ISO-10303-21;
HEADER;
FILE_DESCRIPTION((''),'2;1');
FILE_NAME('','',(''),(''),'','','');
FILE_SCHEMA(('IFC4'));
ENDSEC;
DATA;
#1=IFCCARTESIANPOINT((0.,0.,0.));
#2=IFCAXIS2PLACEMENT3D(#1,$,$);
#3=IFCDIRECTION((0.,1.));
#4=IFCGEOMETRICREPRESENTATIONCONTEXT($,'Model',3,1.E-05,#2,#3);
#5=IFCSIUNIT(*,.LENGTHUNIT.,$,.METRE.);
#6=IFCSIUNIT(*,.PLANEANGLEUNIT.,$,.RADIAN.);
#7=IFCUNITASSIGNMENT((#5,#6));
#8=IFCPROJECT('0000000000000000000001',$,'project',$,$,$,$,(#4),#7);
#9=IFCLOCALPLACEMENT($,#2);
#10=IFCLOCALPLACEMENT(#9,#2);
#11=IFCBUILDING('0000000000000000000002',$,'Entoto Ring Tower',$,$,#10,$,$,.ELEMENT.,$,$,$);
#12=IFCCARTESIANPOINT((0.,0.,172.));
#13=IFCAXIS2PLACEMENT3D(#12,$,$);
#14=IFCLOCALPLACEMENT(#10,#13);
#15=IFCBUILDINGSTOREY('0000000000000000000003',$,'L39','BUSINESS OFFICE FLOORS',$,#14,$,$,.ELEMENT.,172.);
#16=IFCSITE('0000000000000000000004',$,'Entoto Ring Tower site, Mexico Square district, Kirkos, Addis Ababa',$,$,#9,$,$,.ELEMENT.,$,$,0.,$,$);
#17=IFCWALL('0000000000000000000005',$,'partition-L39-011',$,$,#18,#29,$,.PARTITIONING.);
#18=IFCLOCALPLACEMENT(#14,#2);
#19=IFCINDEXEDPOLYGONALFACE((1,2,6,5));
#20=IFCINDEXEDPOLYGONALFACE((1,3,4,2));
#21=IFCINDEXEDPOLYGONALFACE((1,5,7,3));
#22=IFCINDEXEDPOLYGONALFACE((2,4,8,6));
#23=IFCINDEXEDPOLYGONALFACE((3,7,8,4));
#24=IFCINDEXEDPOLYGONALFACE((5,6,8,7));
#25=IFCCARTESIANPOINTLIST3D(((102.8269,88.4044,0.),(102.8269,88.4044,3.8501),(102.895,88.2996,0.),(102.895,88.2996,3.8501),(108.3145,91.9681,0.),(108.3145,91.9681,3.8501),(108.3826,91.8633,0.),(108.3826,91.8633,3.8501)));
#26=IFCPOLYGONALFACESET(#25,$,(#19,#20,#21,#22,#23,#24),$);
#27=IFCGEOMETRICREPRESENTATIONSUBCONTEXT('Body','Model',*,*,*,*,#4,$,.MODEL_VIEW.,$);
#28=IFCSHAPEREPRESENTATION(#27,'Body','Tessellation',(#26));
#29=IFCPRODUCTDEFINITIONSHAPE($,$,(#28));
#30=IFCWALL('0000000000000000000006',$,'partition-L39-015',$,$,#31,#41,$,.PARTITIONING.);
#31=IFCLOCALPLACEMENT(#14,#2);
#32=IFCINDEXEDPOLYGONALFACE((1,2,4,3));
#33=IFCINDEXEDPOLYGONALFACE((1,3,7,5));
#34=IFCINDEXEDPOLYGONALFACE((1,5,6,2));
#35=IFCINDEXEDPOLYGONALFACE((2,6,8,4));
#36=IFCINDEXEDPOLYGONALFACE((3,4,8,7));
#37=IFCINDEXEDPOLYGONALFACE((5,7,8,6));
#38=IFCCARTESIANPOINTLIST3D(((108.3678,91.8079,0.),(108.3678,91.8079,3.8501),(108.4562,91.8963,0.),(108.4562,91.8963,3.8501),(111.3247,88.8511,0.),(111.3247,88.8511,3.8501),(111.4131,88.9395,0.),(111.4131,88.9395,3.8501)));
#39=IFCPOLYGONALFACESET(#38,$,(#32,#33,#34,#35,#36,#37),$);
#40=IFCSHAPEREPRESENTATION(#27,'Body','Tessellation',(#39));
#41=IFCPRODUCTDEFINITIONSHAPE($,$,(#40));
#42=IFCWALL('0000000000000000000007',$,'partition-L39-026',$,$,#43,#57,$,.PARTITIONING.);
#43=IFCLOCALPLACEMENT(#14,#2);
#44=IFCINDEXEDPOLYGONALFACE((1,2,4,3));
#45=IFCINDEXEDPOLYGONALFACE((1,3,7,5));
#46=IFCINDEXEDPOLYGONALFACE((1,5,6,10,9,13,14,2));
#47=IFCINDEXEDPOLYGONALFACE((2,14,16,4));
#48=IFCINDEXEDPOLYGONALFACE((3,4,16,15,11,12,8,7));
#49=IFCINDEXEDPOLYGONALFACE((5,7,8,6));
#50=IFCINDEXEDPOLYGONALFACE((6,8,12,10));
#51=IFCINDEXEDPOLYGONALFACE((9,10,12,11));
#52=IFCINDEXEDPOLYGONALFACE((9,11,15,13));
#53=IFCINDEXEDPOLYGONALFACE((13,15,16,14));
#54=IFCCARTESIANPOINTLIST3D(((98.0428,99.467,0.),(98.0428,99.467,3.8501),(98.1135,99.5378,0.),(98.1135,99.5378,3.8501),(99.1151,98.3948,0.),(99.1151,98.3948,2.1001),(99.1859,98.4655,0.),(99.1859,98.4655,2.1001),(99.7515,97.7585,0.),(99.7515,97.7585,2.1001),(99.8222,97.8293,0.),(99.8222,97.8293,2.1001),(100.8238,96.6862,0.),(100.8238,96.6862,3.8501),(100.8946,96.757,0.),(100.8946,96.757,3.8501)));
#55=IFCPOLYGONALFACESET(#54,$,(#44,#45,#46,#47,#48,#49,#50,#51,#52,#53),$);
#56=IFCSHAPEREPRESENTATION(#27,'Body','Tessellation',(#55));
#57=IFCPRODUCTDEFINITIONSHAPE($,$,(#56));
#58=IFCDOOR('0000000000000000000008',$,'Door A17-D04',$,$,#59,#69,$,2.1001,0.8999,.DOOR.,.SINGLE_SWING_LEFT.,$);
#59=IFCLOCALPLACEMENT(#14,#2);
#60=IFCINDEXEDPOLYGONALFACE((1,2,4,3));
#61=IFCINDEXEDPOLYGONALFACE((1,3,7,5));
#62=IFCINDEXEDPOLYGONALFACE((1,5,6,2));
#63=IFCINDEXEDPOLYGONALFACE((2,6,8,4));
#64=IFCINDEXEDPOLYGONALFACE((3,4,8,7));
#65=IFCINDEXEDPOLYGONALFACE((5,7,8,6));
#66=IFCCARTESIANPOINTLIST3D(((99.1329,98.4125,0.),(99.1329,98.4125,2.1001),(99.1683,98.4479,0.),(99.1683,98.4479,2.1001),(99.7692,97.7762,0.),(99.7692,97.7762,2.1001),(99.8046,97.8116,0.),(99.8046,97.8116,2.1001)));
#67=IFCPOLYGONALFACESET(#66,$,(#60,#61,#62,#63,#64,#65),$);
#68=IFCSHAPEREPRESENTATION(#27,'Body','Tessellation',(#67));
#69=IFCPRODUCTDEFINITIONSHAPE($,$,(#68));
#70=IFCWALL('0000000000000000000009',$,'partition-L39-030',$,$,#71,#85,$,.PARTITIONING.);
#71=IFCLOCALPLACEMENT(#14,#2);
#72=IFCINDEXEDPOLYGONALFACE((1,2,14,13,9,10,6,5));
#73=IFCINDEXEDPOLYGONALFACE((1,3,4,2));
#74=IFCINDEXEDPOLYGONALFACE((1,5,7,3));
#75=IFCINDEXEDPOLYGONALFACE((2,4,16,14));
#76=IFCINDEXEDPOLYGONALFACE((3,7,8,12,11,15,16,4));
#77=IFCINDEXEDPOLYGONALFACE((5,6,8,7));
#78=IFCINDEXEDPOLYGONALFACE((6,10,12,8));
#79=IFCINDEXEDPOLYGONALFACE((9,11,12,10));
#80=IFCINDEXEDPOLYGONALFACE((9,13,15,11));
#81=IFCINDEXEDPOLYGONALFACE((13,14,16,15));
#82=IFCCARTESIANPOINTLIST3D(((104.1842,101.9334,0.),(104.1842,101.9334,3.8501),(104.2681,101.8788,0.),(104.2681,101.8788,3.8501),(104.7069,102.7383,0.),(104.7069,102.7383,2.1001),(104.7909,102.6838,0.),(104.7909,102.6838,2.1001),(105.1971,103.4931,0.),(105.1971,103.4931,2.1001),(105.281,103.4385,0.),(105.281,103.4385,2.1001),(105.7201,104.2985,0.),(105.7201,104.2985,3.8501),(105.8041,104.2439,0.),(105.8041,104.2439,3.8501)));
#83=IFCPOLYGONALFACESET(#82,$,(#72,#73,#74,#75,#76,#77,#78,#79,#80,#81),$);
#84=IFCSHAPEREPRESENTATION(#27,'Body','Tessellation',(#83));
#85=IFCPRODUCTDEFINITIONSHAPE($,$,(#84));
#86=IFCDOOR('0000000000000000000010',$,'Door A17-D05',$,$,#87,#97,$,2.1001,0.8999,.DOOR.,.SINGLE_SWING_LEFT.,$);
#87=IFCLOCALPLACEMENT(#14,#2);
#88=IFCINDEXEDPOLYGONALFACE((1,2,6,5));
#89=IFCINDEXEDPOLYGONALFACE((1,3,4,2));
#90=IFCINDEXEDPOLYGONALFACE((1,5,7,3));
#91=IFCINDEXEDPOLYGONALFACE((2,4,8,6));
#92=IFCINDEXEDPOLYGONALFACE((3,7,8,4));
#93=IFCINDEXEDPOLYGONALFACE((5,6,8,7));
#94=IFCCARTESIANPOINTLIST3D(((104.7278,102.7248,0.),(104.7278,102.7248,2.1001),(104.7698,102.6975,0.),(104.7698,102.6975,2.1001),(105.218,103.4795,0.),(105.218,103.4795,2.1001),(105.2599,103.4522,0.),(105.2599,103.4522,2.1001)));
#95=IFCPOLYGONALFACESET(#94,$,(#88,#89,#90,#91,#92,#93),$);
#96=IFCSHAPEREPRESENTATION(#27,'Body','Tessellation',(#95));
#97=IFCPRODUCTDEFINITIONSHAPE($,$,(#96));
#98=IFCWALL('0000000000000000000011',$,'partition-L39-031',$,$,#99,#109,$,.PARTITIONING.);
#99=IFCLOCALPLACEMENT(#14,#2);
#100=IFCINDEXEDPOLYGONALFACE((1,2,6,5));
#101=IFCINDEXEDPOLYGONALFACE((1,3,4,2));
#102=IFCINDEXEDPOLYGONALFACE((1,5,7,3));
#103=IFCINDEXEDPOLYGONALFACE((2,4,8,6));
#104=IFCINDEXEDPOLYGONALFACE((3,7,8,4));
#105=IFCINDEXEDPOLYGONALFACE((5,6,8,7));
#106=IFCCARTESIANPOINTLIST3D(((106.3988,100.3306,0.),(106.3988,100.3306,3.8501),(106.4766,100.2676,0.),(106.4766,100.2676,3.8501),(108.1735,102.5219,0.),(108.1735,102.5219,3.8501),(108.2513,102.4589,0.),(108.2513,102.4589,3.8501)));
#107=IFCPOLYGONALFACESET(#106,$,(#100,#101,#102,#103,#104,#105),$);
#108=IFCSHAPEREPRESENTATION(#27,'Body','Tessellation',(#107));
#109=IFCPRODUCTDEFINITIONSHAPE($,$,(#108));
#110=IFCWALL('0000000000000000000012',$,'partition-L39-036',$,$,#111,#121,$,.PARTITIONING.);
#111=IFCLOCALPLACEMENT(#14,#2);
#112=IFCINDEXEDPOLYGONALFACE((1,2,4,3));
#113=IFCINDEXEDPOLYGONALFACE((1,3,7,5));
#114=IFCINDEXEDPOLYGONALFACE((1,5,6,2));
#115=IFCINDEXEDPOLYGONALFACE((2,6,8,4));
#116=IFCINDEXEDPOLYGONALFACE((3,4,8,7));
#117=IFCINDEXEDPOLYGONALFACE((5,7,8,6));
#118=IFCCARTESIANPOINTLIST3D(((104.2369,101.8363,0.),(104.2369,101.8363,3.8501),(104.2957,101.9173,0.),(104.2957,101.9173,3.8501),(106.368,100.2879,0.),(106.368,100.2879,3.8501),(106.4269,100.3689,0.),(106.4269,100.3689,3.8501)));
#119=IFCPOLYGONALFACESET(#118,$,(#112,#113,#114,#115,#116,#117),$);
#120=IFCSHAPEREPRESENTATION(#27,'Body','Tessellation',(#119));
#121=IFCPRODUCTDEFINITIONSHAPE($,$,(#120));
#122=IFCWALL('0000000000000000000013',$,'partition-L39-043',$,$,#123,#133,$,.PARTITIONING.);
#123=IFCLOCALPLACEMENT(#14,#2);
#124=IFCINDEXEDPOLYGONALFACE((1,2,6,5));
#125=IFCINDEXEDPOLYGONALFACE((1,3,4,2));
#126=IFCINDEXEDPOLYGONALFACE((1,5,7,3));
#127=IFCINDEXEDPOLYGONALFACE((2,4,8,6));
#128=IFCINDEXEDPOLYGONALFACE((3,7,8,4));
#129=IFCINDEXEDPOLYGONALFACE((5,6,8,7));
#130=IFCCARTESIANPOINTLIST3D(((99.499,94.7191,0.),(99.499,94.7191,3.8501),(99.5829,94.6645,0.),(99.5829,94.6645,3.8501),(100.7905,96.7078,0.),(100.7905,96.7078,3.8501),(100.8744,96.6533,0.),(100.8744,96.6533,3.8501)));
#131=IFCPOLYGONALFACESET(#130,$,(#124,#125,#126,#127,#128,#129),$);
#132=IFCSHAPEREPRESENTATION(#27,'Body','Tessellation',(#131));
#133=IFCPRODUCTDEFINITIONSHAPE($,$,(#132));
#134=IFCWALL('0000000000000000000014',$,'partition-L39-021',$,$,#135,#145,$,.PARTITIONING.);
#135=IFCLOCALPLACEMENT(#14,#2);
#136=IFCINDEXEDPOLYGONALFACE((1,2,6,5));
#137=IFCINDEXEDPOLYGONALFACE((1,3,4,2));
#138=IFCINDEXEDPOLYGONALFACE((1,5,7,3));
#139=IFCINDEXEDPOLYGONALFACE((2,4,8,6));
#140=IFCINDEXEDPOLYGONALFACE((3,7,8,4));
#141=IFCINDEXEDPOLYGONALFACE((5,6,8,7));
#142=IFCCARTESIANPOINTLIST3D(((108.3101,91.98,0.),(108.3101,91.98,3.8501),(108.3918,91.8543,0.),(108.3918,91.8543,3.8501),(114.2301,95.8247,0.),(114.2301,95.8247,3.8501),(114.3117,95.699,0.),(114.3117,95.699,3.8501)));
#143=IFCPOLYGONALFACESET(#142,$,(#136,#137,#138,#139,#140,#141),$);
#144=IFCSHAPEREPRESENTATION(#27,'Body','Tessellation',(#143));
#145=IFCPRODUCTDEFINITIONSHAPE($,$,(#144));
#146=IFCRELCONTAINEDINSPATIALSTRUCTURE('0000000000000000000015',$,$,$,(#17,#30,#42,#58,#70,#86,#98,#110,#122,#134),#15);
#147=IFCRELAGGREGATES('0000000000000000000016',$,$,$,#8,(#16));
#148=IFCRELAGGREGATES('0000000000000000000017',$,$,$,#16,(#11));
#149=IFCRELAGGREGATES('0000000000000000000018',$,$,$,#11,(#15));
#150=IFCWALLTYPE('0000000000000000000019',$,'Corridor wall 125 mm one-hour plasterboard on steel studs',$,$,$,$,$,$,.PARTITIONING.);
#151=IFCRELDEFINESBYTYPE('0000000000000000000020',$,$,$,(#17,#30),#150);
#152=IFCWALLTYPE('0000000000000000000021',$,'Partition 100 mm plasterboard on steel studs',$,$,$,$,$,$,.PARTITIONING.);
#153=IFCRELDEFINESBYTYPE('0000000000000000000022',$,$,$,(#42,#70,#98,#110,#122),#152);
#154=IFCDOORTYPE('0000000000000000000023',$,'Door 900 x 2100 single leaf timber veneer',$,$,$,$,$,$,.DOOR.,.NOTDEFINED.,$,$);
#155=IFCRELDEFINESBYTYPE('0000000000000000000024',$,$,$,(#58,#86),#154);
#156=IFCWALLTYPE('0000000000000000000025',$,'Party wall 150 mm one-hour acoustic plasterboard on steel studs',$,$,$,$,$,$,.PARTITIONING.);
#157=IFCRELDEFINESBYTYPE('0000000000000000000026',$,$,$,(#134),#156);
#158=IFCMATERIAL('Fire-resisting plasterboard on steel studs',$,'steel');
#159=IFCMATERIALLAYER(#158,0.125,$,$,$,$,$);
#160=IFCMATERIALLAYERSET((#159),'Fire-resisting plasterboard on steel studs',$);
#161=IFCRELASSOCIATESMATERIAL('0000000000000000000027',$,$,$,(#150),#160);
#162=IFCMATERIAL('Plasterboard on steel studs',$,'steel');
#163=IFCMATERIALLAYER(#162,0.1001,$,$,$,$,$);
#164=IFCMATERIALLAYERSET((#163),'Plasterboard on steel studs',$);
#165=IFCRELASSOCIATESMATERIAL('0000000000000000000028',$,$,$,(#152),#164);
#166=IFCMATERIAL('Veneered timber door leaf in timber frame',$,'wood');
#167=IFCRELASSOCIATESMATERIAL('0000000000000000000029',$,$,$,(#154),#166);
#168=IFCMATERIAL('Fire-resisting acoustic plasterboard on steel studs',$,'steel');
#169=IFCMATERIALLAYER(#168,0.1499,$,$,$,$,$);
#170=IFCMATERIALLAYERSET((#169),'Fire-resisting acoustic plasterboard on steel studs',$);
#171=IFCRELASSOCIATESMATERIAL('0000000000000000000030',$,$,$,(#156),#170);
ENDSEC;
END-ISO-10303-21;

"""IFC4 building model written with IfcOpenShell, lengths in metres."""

from ifc_helpers import new_model, si_unit, direction, frame, frame_2d, origin, place, context, subcontext, project, spatial, rectangle, extrude, material, layer, layer_set, type_object, element, fill, save


model = new_model("IFC4")

# Units and contexts
model_context = context("Model", 3, precision=1e-05, world=origin(), true_north=direction((0.0, 1.0)))
body_context = subcontext(model_context, "Body", "Model", "MODEL_VIEW")
ifc_project = project(units=[si_unit("LENGTHUNIT", "METRE"), si_unit("PLANEANGLEUNIT", "RADIAN")], contexts=[model_context])

# Site, building, storey
site_placement = place(None, origin())
site = spatial("IfcSite", under=ifc_project, at=site_placement, Name="Entoto Ring Tower site, Mexico Square district, Kirkos, Addis Ababa", CompositionType="ELEMENT", RefElevation=0.0)
building_placement = place(site_placement, origin())
building = spatial("IfcBuilding", under=site, at=building_placement, Name="Entoto Ring Tower", CompositionType="ELEMENT")
storey_placement = place(building_placement, frame((0.0, 0.0, 172.0)))
storey = spatial("IfcBuildingStorey", under=building, at=storey_placement, Name="L39", Description="BUSINESS OFFICE FLOORS", CompositionType="ELEMENT", Elevation=172.0)

# Shared definitions
ifc_material_1 = material(Name="Fire-resisting plasterboard on steel studs", Category="steel")
ifc_layer_1 = layer(ifc_material_1, 0.125)
ifc_layer_set_1 = layer_set([ifc_layer_1], Name="Fire-resisting plasterboard on steel studs")
wall_type_1 = type_object("IfcWallType", Name="Corridor wall 125 mm one-hour plasterboard on steel studs", PredefinedType="PARTITIONING", material=ifc_layer_set_1)

# Walls
wall_1_placement = place(storey_placement, frame((102.8611, 88.3521, 0.0), z_axis=(0.0, 0.0, 1.0), x_axis=(0.838666, 0.544646, 0.0)))
element("IfcWall", 1, at=wall_1_placement, inside=storey, type_object=wall_type_1, Name="partition-L39-011", PredefinedType="PARTITIONING", context=body_context, shape_type="SweptSolid", body=[
    extrude(rectangle(XDim=6.5432, YDim=0.125, at=frame_2d((3.2715, 0.0))), origin(), (0.0, 0.0, 1.0), 3.8501),
])
wall_2_placement = place(storey_placement, frame((111.3689, 88.8953, 0.0), z_axis=(0.0, 0.0, 1.0), x_axis=(-0.707107, 0.707107, 0.0)))
element("IfcWall", 2, at=wall_2_placement, inside=storey, type_object=wall_type_1, Name="partition-L39-015", PredefinedType="PARTITIONING", context=body_context, shape_type="SweptSolid", body=[
    extrude(rectangle(XDim=4.1816, YDim=0.125, at=frame_2d((2.0908, 0.0))), origin(), (0.0, 0.0, 1.0), 3.8501),
])

# Walls, openings, doors
ifc_material_2 = material(Name="Plasterboard on steel studs", Category="steel")
ifc_layer_2 = layer(ifc_material_2, 0.1001)
ifc_layer_set_2 = layer_set([ifc_layer_2], Name="Plasterboard on steel studs")
wall_type_2 = type_object("IfcWallType", Name="Partition 100 mm plasterboard on steel studs", PredefinedType="PARTITIONING", material=ifc_layer_set_2)
wall_3_placement = place(storey_placement, frame((100.8591, 96.7217, 0.0), z_axis=(0.0, 0.0, 1.0), x_axis=(-0.707138, 0.707076, 0.0)))
wall_3 = element("IfcWall", 3, at=wall_3_placement, inside=storey, type_object=wall_type_2, Name="partition-L39-026", PredefinedType="PARTITIONING", context=body_context, shape_type="SweptSolid", body=[
    extrude(rectangle(XDim=3.9329, YDim=0.1001, at=frame_2d((1.9663, 0.0))), origin(), (0.0, 0.0, 1.0), 3.8501),
])
opening_1_placement = place(wall_3_placement, frame((1.5164, 0.0, 0.0)))
opening_1 = element("IfcOpeningElement", 4, at=opening_1_placement, cuts=wall_3, PredefinedType="OPENING", context=body_context, shape_type="SweptSolid", body=[
    extrude(rectangle(XDim=0.8999, YDim=2.1001, at=frame_2d((0.45, 1.05))), frame((0.0, 0.0601, 0.0), z_axis=(0.0, -1.0, 0.0), x_axis=(1.0, 0.0, 0.0)), (0.0, 0.0, 1.0), 0.1201),
])
ifc_material_3 = material(Name="Veneered timber door leaf in timber frame", Category="wood")
door_type_1 = type_object("IfcDoorType", Name="Door 900 x 2100 single leaf timber veneer", OperationType="NOTDEFINED", PredefinedType="DOOR", material=ifc_material_3)
door_1_placement = place(opening_1_placement, origin())
door_1 = element("IfcDoor", 5, at=door_1_placement, inside=storey, type_object=door_type_1, Name="Door A17-D04", OperationType="SINGLE_SWING_LEFT", OverallHeight=2.1001, OverallWidth=0.8999, PredefinedType="DOOR", context=body_context, shape_type="SweptSolid", body=[
    extrude(rectangle(XDim=0.8999, YDim=2.1001, at=frame_2d((0.45, 1.05))), frame((0.0, 0.0249, 0.0), z_axis=(0.0, -1.0, 0.0), x_axis=(1.0, 0.0, 0.0)), (0.0, 0.0, 1.0), 0.05),
])
fill(opening_1, door_1)
wall_4_placement = place(storey_placement, frame((104.2261, 101.906, 0.0), z_axis=(0.0, 0.0, 1.0), x_axis=(0.544651, 0.838663, 0.0)))
wall_4 = element("IfcWall", 6, at=wall_4_placement, inside=storey, type_object=wall_type_2, Name="partition-L39-030", PredefinedType="PARTITIONING", context=body_context, shape_type="SweptSolid", body=[
    extrude(rectangle(XDim=2.8201, YDim=0.1001, at=frame_2d((1.4102, 0.0))), origin(), (0.0, 0.0, 1.0), 3.8501),
])
opening_2_placement = place(wall_4_placement, frame((0.96, 0.0, 0.0)))
opening_2 = element("IfcOpeningElement", 7, at=opening_2_placement, cuts=wall_4, PredefinedType="OPENING", context=body_context, shape_type="SweptSolid", body=[
    extrude(rectangle(XDim=0.8999, YDim=2.1001, at=frame_2d((0.45, 1.05))), frame((0.0, 0.0601, 0.0), z_axis=(0.0, -1.0, 0.0), x_axis=(1.0, 0.0, 0.0)), (0.0, 0.0, 1.0), 0.1201),
])
door_2_placement = place(opening_2_placement, frame((0.8999, 0.0, 0.0), z_axis=(0.0, 0.0, 1.0), x_axis=(-1.0, 0.0, 0.0)))
door_2 = element("IfcDoor", 8, at=door_2_placement, inside=storey, type_object=door_type_1, Name="Door A17-D05", OperationType="SINGLE_SWING_LEFT", OverallHeight=2.1001, OverallWidth=0.8999, PredefinedType="DOOR", context=body_context, shape_type="SweptSolid", body=[
    extrude(rectangle(XDim=0.8999, YDim=2.1001, at=frame_2d((0.45, 1.05))), frame((0.0, 0.0249, 0.0), z_axis=(0.0, -1.0, 0.0), x_axis=(1.0, 0.0, 0.0)), (0.0, 0.0, 1.0), 0.05),
])
fill(opening_2, door_2)

# Walls
wall_5_placement = place(storey_placement, frame((106.4377, 100.2991, 0.0), z_axis=(0.0, 0.0, 1.0), x_axis=(0.62934, 0.77713, 0.0)))
element("IfcWall", 9, at=wall_5_placement, inside=storey, type_object=wall_type_2, Name="partition-L39-031", PredefinedType="PARTITIONING", context=body_context, shape_type="SweptSolid", body=[
    extrude(rectangle(XDim=2.8198, YDim=0.1001, at=frame_2d((1.4099, 0.0))), origin(), (0.0, 0.0, 1.0), 3.8501),
])
wall_6_placement = place(storey_placement, frame((106.3975, 100.3284, 0.0), z_axis=(0.0, 0.0, 1.0), x_axis=(-0.809017, 0.587786, 0.0)))
element("IfcWall", 10, at=wall_6_placement, inside=storey, type_object=wall_type_2, Name="partition-L39-036", PredefinedType="PARTITIONING", context=body_context, shape_type="SweptSolid", body=[
    extrude(rectangle(XDim=2.6343, YDim=0.1001, at=frame_2d((1.3171, 0.0))), origin(), (0.0, 0.0, 1.0), 3.8501),
])
wall_7_placement = place(storey_placement, frame((99.541, 94.6919, 0.0), z_axis=(0.0, 0.0, 1.0), x_axis=(0.544634, 0.838674, 0.0)))
element("IfcWall", 11, at=wall_7_placement, inside=storey, type_object=wall_type_2, Name="partition-L39-043", PredefinedType="PARTITIONING", context=body_context, shape_type="SweptSolid", body=[
    extrude(rectangle(XDim=2.3713, YDim=0.1001, at=frame_2d((1.1855, 0.0))), origin(), (0.0, 0.0, 1.0), 3.8501),
])
ifc_material_4 = material(Name="Fire-resisting acoustic plasterboard on steel studs", Category="steel")
ifc_layer_3 = layer(ifc_material_4, 0.1499)
ifc_layer_set_3 = layer_set([ifc_layer_3], Name="Fire-resisting acoustic plasterboard on steel studs")
wall_type_3 = type_object("IfcWallType", Name="Party wall 150 mm one-hour acoustic plasterboard on steel studs", PredefinedType="PARTITIONING", material=ifc_layer_set_3)
wall_8_placement = place(storey_placement, frame((108.3511, 91.9172, 0.0), z_axis=(0.0, 0.0, 1.0), x_axis=(0.838652, 0.544667, 0.0)))
element("IfcWall", 12, at=wall_8_placement, inside=storey, type_object=wall_type_3, Name="partition-L39-021", PredefinedType="PARTITIONING", context=body_context, shape_type="SweptSolid", body=[
    extrude(rectangle(XDim=7.0588, YDim=0.1499, at=frame_2d((3.5293, 0.0))), origin(), (0.0, 0.0, 1.0), 3.8501),
])

save(model, "model.ifc")
